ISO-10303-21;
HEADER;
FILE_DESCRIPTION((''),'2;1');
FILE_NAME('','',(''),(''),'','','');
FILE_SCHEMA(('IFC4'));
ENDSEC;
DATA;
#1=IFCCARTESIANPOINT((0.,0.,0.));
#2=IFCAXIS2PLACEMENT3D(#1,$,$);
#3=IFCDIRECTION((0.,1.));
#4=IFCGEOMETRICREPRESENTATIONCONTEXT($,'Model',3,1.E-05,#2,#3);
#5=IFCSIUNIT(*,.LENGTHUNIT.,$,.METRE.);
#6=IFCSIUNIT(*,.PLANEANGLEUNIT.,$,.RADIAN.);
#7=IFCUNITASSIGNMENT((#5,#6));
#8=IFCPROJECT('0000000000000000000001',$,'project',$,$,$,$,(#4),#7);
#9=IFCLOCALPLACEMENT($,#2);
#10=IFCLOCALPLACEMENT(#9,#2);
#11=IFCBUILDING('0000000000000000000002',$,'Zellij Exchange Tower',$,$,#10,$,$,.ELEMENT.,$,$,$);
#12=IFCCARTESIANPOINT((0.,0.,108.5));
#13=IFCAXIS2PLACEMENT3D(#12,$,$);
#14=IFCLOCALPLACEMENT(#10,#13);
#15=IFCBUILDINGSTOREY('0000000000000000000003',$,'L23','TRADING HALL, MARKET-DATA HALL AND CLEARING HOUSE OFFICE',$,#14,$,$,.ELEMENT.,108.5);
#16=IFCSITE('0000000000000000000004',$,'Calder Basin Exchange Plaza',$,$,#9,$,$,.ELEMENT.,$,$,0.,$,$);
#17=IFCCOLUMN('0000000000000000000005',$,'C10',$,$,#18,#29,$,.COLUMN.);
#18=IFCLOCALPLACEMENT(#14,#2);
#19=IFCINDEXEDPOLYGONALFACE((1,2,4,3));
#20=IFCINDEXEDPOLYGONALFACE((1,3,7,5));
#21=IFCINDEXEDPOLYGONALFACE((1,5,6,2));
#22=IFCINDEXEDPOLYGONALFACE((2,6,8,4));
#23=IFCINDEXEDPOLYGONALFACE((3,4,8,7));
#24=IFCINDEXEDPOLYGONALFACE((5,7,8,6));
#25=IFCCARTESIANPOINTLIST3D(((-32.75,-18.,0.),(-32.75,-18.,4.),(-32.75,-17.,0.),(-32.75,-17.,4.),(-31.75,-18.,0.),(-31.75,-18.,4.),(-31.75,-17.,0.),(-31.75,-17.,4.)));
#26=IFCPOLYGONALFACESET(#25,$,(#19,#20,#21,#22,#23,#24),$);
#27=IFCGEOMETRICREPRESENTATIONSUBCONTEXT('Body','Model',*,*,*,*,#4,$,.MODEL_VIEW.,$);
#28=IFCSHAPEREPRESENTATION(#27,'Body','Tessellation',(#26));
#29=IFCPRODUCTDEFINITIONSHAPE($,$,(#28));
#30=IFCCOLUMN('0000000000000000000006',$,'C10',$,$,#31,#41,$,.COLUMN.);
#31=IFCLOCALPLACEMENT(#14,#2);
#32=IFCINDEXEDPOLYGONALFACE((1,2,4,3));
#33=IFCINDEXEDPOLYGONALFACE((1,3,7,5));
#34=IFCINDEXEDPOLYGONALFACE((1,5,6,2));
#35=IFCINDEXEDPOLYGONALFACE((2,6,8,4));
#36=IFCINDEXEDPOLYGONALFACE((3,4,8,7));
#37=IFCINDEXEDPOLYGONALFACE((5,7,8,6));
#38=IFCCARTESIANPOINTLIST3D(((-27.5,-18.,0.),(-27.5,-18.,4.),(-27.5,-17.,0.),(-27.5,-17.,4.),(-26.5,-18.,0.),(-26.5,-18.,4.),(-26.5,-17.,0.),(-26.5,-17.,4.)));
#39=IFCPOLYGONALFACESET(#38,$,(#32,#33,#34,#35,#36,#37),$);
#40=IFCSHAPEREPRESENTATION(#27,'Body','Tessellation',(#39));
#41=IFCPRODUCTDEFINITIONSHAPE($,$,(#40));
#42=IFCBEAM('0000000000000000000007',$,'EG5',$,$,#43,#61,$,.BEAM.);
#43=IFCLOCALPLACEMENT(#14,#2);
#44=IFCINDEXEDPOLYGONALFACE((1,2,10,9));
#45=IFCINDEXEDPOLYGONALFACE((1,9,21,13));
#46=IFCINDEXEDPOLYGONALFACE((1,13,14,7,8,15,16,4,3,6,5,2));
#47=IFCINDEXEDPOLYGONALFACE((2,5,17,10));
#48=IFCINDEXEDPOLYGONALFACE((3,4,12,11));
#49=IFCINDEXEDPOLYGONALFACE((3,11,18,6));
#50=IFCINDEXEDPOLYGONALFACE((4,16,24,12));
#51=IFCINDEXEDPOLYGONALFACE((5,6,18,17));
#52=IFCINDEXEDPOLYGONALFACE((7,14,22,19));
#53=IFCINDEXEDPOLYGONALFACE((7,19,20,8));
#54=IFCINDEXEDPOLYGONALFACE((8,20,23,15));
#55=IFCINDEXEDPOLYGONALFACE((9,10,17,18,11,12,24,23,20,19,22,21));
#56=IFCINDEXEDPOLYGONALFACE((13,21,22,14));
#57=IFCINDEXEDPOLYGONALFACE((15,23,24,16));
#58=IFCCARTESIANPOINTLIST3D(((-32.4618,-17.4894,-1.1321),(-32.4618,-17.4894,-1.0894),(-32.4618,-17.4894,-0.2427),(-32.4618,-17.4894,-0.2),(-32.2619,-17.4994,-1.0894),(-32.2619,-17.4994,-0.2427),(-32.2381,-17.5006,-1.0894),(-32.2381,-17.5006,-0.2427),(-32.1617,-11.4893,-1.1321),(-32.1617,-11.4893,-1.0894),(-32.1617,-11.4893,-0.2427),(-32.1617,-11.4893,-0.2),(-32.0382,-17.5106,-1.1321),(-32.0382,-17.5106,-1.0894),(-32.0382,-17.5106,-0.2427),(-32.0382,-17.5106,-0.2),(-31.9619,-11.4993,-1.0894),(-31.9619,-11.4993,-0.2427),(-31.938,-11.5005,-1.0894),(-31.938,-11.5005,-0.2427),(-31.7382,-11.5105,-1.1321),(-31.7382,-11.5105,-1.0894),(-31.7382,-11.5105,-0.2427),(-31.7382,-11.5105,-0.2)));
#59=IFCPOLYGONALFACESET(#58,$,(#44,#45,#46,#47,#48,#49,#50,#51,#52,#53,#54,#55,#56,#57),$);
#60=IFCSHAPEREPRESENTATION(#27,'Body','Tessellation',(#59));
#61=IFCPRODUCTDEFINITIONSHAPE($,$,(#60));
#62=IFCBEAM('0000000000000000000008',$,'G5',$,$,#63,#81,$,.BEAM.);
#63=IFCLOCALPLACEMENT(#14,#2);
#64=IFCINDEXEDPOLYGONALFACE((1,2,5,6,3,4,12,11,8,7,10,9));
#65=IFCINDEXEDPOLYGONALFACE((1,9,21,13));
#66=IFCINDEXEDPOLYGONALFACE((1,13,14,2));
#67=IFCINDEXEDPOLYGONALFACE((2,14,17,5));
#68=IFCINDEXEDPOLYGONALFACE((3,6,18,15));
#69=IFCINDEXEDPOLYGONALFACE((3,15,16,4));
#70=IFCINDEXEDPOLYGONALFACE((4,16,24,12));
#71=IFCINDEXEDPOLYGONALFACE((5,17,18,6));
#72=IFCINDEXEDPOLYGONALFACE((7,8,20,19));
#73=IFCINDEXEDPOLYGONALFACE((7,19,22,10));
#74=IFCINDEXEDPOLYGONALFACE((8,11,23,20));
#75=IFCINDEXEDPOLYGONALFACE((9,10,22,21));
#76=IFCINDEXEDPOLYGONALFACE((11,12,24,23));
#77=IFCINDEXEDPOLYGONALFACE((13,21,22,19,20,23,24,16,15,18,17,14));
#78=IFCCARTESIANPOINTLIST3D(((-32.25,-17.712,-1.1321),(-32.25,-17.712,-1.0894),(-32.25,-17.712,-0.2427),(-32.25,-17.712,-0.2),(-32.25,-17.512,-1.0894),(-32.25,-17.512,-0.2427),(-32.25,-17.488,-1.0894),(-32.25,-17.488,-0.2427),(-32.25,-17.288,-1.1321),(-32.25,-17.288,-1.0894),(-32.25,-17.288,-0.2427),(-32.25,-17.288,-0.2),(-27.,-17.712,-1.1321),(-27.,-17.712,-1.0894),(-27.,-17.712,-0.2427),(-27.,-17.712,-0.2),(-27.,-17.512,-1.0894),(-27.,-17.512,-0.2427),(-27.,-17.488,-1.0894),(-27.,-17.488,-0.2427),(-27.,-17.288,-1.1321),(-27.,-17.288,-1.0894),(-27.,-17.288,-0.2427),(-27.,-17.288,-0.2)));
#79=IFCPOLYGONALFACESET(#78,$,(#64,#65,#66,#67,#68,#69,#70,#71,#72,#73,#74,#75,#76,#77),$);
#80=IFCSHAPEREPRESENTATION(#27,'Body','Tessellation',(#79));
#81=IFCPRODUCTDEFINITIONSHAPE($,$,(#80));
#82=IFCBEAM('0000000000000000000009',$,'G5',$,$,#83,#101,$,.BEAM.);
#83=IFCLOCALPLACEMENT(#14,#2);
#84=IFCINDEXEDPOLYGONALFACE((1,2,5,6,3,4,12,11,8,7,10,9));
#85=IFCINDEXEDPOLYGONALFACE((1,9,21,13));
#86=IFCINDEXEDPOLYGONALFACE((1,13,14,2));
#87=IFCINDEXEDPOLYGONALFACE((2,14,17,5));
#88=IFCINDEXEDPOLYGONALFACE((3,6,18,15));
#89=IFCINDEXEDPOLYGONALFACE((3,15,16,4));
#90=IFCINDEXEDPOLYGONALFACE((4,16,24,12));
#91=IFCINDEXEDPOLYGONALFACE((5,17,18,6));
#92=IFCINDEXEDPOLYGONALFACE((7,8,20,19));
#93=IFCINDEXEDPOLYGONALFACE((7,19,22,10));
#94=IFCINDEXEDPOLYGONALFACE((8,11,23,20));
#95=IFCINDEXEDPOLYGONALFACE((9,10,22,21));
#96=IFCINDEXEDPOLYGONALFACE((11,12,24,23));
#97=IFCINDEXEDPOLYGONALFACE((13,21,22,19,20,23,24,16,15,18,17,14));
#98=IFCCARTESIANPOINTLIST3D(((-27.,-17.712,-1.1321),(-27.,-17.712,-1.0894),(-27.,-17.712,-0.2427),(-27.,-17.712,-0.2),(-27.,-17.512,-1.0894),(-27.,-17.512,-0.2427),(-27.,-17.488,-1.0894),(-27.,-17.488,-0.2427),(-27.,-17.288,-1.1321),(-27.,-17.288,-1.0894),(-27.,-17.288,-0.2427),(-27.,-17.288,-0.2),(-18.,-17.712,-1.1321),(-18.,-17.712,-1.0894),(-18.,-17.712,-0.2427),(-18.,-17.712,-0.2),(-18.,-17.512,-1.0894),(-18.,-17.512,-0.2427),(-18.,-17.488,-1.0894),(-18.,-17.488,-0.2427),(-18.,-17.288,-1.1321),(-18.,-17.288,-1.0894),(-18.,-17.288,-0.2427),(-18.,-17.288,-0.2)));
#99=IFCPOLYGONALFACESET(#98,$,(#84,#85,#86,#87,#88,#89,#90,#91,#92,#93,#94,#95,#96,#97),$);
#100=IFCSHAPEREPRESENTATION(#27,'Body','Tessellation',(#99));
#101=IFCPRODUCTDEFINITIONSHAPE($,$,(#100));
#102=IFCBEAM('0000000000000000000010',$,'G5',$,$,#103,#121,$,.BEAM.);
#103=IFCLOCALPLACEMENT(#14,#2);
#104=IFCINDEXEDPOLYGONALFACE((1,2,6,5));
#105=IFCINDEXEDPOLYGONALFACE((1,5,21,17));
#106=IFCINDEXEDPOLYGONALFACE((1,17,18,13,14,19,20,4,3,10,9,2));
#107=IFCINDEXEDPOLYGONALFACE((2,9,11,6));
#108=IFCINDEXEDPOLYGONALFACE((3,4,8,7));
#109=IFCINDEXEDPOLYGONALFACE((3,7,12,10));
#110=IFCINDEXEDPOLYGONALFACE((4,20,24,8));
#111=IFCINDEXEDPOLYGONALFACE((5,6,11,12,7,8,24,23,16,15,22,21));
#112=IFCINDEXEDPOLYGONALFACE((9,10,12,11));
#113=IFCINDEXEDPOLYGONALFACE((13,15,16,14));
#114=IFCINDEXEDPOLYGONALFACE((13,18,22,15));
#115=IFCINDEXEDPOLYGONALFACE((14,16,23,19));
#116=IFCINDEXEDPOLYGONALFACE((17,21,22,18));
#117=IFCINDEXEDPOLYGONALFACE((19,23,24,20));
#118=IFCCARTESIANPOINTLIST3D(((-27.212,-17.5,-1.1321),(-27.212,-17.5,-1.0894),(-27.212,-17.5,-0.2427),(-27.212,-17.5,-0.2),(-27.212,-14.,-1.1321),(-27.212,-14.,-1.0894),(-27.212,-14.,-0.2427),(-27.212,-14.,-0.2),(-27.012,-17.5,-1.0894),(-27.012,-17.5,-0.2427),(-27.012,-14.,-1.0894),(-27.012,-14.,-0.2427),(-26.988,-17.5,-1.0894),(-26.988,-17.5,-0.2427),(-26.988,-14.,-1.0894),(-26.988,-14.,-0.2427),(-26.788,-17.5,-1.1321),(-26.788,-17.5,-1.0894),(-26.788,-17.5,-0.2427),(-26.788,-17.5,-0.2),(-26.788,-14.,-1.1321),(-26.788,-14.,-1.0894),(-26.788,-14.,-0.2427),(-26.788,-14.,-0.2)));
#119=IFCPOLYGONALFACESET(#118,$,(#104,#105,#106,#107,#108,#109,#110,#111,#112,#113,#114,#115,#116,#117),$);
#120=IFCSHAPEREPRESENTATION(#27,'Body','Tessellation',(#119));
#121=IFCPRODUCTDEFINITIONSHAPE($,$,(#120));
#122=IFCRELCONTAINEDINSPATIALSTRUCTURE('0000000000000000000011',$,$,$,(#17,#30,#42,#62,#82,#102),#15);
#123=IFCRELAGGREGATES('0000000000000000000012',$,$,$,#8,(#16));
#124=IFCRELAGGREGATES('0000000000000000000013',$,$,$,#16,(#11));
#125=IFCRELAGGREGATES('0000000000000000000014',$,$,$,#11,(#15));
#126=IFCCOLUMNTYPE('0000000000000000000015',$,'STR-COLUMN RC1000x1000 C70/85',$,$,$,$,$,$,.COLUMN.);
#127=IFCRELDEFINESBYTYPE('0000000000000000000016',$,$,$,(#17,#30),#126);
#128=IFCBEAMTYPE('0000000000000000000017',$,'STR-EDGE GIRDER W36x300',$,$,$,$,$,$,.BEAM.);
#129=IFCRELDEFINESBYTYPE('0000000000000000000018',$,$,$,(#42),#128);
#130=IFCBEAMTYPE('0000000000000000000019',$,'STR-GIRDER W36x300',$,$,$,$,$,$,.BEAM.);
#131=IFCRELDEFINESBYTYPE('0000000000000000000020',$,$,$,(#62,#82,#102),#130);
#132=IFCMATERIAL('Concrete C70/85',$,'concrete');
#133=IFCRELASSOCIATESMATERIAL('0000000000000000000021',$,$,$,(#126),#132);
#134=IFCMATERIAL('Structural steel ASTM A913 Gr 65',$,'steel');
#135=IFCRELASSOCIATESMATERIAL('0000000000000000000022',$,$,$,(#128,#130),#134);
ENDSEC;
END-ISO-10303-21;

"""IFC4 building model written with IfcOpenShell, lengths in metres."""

from ifc_helpers import new_model, si_unit, direction, frame, origin, origin_2d, place, context, subcontext, project, spatial, rectangle, i_section, extrude, material, material_profile, profile_set, type_object, element, save


model = new_model("IFC4")

# Units and contexts
model_context = context("Model", 3, precision=1e-05, world=origin(), true_north=direction((0.0, 1.0)))
body_context = subcontext(model_context, "Body", "Model", "MODEL_VIEW")
ifc_project = project(units=[si_unit("LENGTHUNIT", "METRE"), si_unit("PLANEANGLEUNIT", "RADIAN")], contexts=[model_context])

# Site, building, storey
site_placement = place(None, origin())
site = spatial("IfcSite", under=ifc_project, at=site_placement, Name="Calder Basin Exchange Plaza", CompositionType="ELEMENT", RefElevation=0.0)
building_placement = place(site_placement, origin())
building = spatial("IfcBuilding", under=site, at=building_placement, Name="Zellij Exchange Tower", CompositionType="ELEMENT")
storey_placement = place(building_placement, frame((0.0, 0.0, 108.5)))
storey = spatial("IfcBuildingStorey", under=building, at=storey_placement, Name="L23", Description="TRADING HALL, MARKET-DATA HALL AND CLEARING HOUSE OFFICE", CompositionType="ELEMENT", Elevation=108.5)

# Columns
ifc_material_1 = material(Name="Concrete C70/85", Category="concrete")
ifc_material_profile_1 = material_profile(ifc_material_1, rectangle(XDim=1.0, YDim=1.0, at=origin_2d()), Name="STR-COLUMN RC1000x1000 C70/85")
ifc_profile_set_1 = profile_set([ifc_material_profile_1], Name="Concrete C70/85")
column_type = type_object("IfcColumnType", Name="STR-COLUMN RC1000x1000 C70/85", PredefinedType="COLUMN", material=ifc_profile_set_1)
for number, where, z_axis, x_axis, name in (
    (1, (-32.25, -17.5, 0.0), (0.0, 0.0, 1.0), (1.0, 0.0, 0.0), "C10"),
    (2, (-27.0, -17.5, 0.0), (0.0, 0.0, 1.0), (1.0, 0.0, 0.0), "C10"),
):
    element("IfcColumn", number, at=place(storey_placement, frame(where, z_axis=z_axis, x_axis=x_axis)), inside=storey, type_object=column_type, Name=name, PredefinedType="COLUMN", context=body_context, shape_type="SweptSolid", body=[
        extrude(rectangle(XDim=1.0, YDim=1.0, at=origin_2d()), origin(), (0.0, 0.0, 1.0), 4.0),
    ])

# Beams
ifc_material_2 = material(Name="Structural steel ASTM A913 Gr 65", Category="steel")
ifc_material_profile_2 = material_profile(ifc_material_2, i_section(OverallWidth=0.4241, OverallDepth=0.9321, WebThickness=0.0239, FlangeThickness=0.0427, at=origin_2d()), Name="W36x300")
ifc_profile_set_2 = profile_set([ifc_material_profile_2], Name="Structural steel ASTM A913 Gr 65")
beam_type_1 = type_object("IfcBeamType", Name="STR-EDGE GIRDER W36x300", PredefinedType="BEAM", material=ifc_profile_set_2)
beam_1_placement = place(storey_placement, frame((-32.25, -17.5, -0.666), z_axis=(0.049946, 0.998752, 0.0), x_axis=(-0.998752, 0.049946, 0.0)))
element("IfcBeam", 3, at=beam_1_placement, inside=storey, type_object=beam_type_1, Name="EG5", PredefinedType="BEAM", context=body_context, shape_type="SweptSolid", body=[
    extrude(i_section(OverallWidth=0.4241, OverallDepth=0.9321, WebThickness=0.0239, FlangeThickness=0.0427, at=origin_2d()), origin(), (0.0, 0.0, 1.0), 6.0076),
])
ifc_material_profile_3 = material_profile(ifc_material_2, i_section(OverallWidth=0.4241, OverallDepth=0.9321, WebThickness=0.0239, FlangeThickness=0.0427, at=origin_2d()), Name="W36x300")
ifc_profile_set_3 = profile_set([ifc_material_profile_3], Name="Structural steel ASTM A913 Gr 65")
beam_type_2 = type_object("IfcBeamType", Name="STR-GIRDER W36x300", PredefinedType="BEAM", material=ifc_profile_set_3)
beam_2_placement = place(storey_placement, frame((-32.25, -17.5, -0.666), z_axis=(1.0, 0.0, 0.0), x_axis=(0.0, 1.0, 0.0)))
element("IfcBeam", 4, at=beam_2_placement, inside=storey, type_object=beam_type_2, Name="G5", PredefinedType="BEAM", context=body_context, shape_type="SweptSolid", body=[
    extrude(i_section(OverallWidth=0.4241, OverallDepth=0.9321, WebThickness=0.0239, FlangeThickness=0.0427, at=origin_2d()), origin(), (0.0, 0.0, 1.0), 5.25),
])
beam_3_placement = place(storey_placement, frame((-27.0, -17.5, -0.666), z_axis=(1.0, 0.0, 0.0), x_axis=(0.0, 1.0, 0.0)))
element("IfcBeam", 5, at=beam_3_placement, inside=storey, type_object=beam_type_2, Name="G5", PredefinedType="BEAM", context=body_context, shape_type="SweptSolid", body=[
    extrude(i_section(OverallWidth=0.4241, OverallDepth=0.9321, WebThickness=0.0239, FlangeThickness=0.0427, at=origin_2d()), origin(), (0.0, 0.0, 1.0), 9.0),
])
beam_4_placement = place(storey_placement, frame((-27.0, -17.5, -0.666), z_axis=(0.0, 1.0, 0.0), x_axis=(-1.0, 0.0, 0.0)))
element("IfcBeam", 6, at=beam_4_placement, inside=storey, type_object=beam_type_2, Name="G5", PredefinedType="BEAM", context=body_context, shape_type="SweptSolid", body=[
    extrude(i_section(OverallWidth=0.4241, OverallDepth=0.9321, WebThickness=0.0239, FlangeThickness=0.0427, at=origin_2d()), origin(), (0.0, 0.0, 1.0), 3.5),
])

save(model, "model.ifc")
